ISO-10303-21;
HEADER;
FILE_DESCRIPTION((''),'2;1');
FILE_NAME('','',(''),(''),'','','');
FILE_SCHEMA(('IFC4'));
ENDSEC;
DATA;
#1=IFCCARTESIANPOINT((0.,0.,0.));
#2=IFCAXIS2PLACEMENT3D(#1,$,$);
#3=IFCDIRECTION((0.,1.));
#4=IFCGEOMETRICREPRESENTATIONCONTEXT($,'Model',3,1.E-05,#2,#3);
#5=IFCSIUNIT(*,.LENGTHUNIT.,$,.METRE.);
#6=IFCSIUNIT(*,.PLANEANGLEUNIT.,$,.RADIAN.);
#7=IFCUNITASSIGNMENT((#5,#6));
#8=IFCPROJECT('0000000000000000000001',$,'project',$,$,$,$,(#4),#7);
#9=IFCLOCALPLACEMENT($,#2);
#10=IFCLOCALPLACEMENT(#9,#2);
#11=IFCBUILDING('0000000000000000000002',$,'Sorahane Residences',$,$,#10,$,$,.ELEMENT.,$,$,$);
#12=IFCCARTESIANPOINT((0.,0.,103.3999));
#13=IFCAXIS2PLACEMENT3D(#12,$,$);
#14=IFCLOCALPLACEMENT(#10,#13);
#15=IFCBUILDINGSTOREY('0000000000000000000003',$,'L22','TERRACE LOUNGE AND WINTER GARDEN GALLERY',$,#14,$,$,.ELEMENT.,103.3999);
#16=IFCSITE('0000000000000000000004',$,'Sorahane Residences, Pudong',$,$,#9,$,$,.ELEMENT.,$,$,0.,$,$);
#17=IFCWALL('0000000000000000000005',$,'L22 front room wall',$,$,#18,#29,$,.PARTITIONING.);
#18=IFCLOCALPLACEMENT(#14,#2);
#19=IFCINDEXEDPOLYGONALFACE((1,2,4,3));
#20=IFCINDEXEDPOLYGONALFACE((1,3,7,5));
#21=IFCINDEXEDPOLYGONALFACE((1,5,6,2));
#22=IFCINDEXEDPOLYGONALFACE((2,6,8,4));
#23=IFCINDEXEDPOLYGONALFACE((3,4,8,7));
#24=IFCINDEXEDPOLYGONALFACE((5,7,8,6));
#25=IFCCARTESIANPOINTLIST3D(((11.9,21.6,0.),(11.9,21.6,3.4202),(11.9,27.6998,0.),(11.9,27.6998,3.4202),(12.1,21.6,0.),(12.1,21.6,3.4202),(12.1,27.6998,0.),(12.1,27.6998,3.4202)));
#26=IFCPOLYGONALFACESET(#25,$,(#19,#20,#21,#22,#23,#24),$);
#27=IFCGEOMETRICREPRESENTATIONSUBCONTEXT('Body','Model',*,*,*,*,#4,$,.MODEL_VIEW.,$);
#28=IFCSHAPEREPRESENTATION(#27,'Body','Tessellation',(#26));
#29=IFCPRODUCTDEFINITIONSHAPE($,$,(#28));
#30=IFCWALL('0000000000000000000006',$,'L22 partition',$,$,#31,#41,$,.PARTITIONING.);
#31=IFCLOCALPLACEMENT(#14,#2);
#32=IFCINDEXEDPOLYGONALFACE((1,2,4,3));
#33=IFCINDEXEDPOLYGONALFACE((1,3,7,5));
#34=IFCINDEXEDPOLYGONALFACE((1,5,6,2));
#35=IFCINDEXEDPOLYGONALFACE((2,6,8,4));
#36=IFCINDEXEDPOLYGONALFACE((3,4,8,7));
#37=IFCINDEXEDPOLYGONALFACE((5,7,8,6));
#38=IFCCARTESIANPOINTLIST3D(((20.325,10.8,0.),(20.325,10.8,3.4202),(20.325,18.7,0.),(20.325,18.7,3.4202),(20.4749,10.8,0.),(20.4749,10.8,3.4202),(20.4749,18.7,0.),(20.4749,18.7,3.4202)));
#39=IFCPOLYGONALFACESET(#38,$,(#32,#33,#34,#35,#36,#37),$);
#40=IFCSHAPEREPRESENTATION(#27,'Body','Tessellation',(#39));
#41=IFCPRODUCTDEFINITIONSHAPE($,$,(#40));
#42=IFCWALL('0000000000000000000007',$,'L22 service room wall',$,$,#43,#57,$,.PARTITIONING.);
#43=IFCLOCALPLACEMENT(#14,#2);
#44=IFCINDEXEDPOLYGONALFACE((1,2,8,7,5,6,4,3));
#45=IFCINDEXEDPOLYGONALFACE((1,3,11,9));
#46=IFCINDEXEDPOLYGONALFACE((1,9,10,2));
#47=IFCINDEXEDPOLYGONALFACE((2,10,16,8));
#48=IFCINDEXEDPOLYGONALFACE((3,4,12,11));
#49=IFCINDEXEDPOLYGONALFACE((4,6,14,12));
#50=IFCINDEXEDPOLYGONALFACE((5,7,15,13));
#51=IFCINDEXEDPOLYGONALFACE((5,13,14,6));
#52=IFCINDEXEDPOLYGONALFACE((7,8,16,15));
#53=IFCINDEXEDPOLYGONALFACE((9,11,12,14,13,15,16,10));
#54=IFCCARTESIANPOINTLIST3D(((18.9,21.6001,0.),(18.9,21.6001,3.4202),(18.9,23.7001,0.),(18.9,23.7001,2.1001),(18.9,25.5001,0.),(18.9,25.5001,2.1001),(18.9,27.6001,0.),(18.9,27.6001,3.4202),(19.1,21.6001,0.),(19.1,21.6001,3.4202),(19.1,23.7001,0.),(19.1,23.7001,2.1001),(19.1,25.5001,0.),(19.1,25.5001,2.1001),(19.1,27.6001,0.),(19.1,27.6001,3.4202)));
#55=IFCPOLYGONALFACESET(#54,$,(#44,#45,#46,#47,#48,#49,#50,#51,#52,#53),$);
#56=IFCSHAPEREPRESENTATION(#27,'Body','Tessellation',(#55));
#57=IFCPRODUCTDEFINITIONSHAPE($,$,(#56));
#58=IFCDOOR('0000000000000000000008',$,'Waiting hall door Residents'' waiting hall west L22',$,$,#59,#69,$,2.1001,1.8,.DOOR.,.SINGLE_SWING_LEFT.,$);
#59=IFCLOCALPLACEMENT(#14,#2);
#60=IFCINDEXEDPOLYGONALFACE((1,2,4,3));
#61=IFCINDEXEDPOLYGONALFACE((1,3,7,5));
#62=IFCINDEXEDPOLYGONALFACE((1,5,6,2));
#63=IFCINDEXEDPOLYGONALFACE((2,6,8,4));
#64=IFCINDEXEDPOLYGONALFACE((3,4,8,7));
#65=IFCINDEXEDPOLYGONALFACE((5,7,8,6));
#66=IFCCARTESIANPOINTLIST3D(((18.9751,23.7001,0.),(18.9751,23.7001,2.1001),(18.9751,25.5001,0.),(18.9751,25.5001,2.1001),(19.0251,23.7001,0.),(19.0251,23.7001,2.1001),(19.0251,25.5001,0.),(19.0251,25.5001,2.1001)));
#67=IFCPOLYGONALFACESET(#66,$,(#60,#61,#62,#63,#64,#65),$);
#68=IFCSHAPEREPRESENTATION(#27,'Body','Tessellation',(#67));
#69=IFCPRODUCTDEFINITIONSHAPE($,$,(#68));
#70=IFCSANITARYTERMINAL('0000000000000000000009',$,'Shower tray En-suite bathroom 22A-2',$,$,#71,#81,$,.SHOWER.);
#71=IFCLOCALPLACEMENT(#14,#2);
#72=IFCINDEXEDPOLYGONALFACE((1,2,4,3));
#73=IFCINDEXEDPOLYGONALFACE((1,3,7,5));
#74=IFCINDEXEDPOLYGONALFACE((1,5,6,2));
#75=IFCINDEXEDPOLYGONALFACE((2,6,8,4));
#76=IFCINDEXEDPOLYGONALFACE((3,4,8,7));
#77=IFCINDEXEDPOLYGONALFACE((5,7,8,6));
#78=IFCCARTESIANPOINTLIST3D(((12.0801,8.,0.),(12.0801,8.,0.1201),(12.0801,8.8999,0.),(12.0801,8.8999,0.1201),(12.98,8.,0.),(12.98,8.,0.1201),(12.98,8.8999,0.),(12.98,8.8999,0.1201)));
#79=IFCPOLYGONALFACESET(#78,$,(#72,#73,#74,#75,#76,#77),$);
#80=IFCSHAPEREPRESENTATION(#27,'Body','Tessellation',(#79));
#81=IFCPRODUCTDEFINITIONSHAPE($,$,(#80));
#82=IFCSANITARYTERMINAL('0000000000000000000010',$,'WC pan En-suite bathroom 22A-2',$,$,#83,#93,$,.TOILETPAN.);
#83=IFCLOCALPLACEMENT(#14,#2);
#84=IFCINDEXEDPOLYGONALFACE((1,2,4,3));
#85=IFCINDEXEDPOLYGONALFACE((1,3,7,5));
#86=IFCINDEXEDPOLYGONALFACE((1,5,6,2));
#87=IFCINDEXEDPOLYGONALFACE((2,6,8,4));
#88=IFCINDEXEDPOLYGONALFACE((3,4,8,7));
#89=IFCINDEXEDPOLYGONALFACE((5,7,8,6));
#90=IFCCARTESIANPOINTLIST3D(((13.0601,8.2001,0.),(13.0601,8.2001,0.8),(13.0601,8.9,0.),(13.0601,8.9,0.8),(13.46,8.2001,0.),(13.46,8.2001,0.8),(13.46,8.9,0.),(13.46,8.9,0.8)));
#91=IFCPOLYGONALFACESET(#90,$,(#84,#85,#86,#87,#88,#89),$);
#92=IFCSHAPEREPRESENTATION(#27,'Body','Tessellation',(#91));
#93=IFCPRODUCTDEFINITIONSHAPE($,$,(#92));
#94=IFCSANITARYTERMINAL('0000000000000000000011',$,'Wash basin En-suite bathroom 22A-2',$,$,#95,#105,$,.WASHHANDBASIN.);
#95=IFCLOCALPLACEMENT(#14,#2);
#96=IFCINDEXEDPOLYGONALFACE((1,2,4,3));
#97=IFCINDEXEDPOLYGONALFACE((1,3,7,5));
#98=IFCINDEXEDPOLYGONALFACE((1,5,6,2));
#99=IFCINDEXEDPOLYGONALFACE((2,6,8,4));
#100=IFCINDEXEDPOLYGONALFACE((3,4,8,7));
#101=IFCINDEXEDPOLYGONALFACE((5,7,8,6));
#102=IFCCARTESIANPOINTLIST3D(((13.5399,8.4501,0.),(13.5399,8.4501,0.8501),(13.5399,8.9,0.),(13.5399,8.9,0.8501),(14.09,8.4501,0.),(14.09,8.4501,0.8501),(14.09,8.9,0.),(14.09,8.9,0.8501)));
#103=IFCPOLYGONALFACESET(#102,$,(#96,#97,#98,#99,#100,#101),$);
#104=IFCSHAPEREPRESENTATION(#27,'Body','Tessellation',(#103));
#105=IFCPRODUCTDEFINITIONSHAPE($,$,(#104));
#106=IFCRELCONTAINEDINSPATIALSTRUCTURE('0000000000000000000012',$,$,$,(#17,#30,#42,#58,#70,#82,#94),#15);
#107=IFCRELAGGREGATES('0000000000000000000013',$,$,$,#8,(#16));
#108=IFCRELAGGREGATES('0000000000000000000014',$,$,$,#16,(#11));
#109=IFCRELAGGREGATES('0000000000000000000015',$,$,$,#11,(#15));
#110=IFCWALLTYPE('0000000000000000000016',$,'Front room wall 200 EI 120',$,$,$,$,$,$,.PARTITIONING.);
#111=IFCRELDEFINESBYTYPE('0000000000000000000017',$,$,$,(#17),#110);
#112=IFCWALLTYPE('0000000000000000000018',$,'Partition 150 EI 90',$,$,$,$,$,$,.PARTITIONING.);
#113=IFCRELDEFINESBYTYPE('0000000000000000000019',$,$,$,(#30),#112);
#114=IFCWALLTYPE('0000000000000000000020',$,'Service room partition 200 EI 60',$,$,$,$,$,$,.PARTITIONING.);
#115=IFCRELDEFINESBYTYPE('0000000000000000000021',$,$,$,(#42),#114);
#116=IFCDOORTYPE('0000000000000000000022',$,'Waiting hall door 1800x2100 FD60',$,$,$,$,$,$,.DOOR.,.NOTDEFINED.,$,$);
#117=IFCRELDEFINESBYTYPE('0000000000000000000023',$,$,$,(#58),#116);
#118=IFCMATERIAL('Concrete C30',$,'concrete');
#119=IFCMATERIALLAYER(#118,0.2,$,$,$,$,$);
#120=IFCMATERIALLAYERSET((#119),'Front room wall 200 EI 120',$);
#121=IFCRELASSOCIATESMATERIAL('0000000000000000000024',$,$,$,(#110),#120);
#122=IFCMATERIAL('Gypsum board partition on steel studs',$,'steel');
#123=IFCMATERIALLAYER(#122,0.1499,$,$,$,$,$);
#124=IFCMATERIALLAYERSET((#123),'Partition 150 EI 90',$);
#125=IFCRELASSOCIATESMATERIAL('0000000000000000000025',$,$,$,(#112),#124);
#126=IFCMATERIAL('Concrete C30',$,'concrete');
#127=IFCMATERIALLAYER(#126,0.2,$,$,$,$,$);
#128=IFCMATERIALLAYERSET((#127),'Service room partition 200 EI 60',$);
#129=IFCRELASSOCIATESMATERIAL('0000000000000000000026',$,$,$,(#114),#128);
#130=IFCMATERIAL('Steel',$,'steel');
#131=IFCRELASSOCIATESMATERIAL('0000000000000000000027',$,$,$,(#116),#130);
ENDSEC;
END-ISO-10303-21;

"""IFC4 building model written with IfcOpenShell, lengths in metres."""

from ifc_helpers import new_model, si_unit, direction, frame, frame_2d, origin, origin_2d, place, context, subcontext, project, spatial, rectangle, extrude, material, layer, layer_set, type_object, element, fill, save


model = new_model("IFC4")

# Units and contexts
model_context = context("Model", 3, precision=1e-05, world=origin(), true_north=direction((0.0, 1.0)))
body_context = subcontext(model_context, "Body", "Model", "MODEL_VIEW")
ifc_project = project(units=[si_unit("LENGTHUNIT", "METRE"), si_unit("PLANEANGLEUNIT", "RADIAN")], contexts=[model_context])

# Site, building, storey
site_placement = place(None, origin())
site = spatial("IfcSite", under=ifc_project, at=site_placement, Name="Sorahane Residences, Pudong", CompositionType="ELEMENT", RefElevation=0.0)
building_placement = place(site_placement, origin())
building = spatial("IfcBuilding", under=site, at=building_placement, Name="Sorahane Residences", CompositionType="ELEMENT")
storey_placement = place(building_placement, frame((0.0, 0.0, 103.3999)))
storey = spatial("IfcBuildingStorey", under=building, at=storey_placement, Name="L22", Description="TERRACE LOUNGE AND WINTER GARDEN GALLERY", CompositionType="ELEMENT", Elevation=103.3999)

# Walls
ifc_material_1 = material(Name="Concrete C30", Category="concrete")
ifc_layer_1 = layer(ifc_material_1, 0.2)
ifc_layer_set_1 = layer_set([ifc_layer_1], Name="Front room wall 200 EI 120")
wall_type_1 = type_object("IfcWallType", Name="Front room wall 200 EI 120", PredefinedType="PARTITIONING", material=ifc_layer_set_1)
wall_1_placement = place(storey_placement, frame((12.0, 21.6001, 0.0), z_axis=(0.0, 0.0, 1.0), x_axis=(0.0, 1.0, 0.0)))
element("IfcWall", 1, at=wall_1_placement, inside=storey, type_object=wall_type_1, Name="L22 front room wall", PredefinedType="PARTITIONING", context=body_context, shape_type="SweptSolid", body=[
    extrude(rectangle(XDim=6.0999, YDim=0.2, at=frame_2d((3.0498, 0.0))), origin(), (0.0, 0.0, 1.0), 3.4202),
])
ifc_material_2 = material(Name="Gypsum board partition on steel studs", Category="steel")
ifc_layer_2 = layer(ifc_material_2, 0.1499)
ifc_layer_set_2 = layer_set([ifc_layer_2], Name="Partition 150 EI 90")
wall_type_2 = type_object("IfcWallType", Name="Partition 150 EI 90", PredefinedType="PARTITIONING", material=ifc_layer_set_2)
wall_2_placement = place(storey_placement, frame((20.3999, 10.8, 0.0), z_axis=(0.0, 0.0, 1.0), x_axis=(0.0, 1.0, 0.0)))
element("IfcWall", 2, at=wall_2_placement, inside=storey, type_object=wall_type_2, Name="L22 partition", PredefinedType="PARTITIONING", context=body_context, shape_type="SweptSolid", body=[
    extrude(rectangle(XDim=7.8999, YDim=0.1499, at=frame_2d((3.95, 0.0))), origin(), (0.0, 0.0, 1.0), 3.4202),
])

# Wall, opening, door
ifc_material_3 = material(Name="Concrete C30", Category="concrete")
ifc_layer_3 = layer(ifc_material_3, 0.2)
ifc_layer_set_3 = layer_set([ifc_layer_3], Name="Service room partition 200 EI 60")
wall_type_3 = type_object("IfcWallType", Name="Service room partition 200 EI 60", PredefinedType="PARTITIONING", material=ifc_layer_set_3)
wall_3_placement = place(storey_placement, frame((19.0, 21.6001, 0.0), z_axis=(0.0, 0.0, 1.0), x_axis=(0.0, 1.0, 0.0)))
wall_3 = element("IfcWall", 3, at=wall_3_placement, inside=storey, type_object=wall_type_3, Name="L22 service room wall", PredefinedType="PARTITIONING", context=body_context, shape_type="SweptSolid", body=[
    extrude(rectangle(XDim=6.0, YDim=0.2, at=frame_2d((3.0, 0.0))), origin(), (0.0, 0.0, 1.0), 3.4202),
])
opening_1_placement = place(wall_3_placement, frame((2.1001, 0.0, 0.0)))
opening_1 = element("IfcOpeningElement", 4, at=opening_1_placement, cuts=wall_3, PredefinedType="OPENING", context=body_context, shape_type="SweptSolid", body=[
    extrude(rectangle(XDim=1.8, YDim=2.1001, at=frame_2d((0.8999, 1.05))), frame((0.0, 0.1099, 0.0), z_axis=(0.0, -1.0, 0.0), x_axis=(1.0, 0.0, 0.0)), (0.0, 0.0, 1.0), 0.22),
])
ifc_material_4 = material(Name="Steel", Category="steel")
door_type_1 = type_object("IfcDoorType", Name="Waiting hall door 1800x2100 FD60", OperationType="NOTDEFINED", PredefinedType="DOOR", material=ifc_material_4)
door_1_placement = place(opening_1_placement, origin())
door_1 = element("IfcDoor", 5, at=door_1_placement, inside=storey, type_object=door_type_1, Name="Waiting hall door Residents' waiting hall west L22", OperationType="SINGLE_SWING_LEFT", OverallHeight=2.1001, OverallWidth=1.8, PredefinedType="DOOR", context=body_context, shape_type="SweptSolid", body=[
    extrude(rectangle(XDim=1.8, YDim=2.1001, at=frame_2d((0.8999, 1.05))), frame((0.0, 0.0249, 0.0), z_axis=(0.0, -1.0, 0.0), x_axis=(1.0, 0.0, 0.0)), (0.0, 0.0, 1.0), 0.05),
])
fill(opening_1, door_1)

# Sanitary terminals
sanitary_terminal_1_placement = place(storey_placement, frame((12.53, 8.45, 0.0), z_axis=(0.0, 0.0, 1.0), x_axis=(1.0, 0.0, 0.0)))
element("IfcSanitaryTerminal", 6, at=sanitary_terminal_1_placement, inside=storey, Name="Shower tray En-suite bathroom 22A-2", PredefinedType="SHOWER", context=body_context, shape_type="SweptSolid", body=[
    extrude(rectangle(XDim=0.8999, YDim=0.8999, at=origin_2d()), origin(), (0.0, 0.0, 1.0), 0.1201),
])
sanitary_terminal_2_placement = place(storey_placement, frame((13.26, 8.55, 0.0), z_axis=(0.0, 0.0, 1.0), x_axis=(1.0, 0.0, 0.0)))
element("IfcSanitaryTerminal", 7, at=sanitary_terminal_2_placement, inside=storey, Name="WC pan En-suite bathroom 22A-2", PredefinedType="TOILETPAN", context=body_context, shape_type="SweptSolid", body=[
    extrude(rectangle(XDim=0.3999, YDim=0.7, at=origin_2d()), origin(), (0.0, 0.0, 1.0), 0.8),
])
sanitary_terminal_3_placement = place(storey_placement, frame((13.8149, 8.675, 0.0), z_axis=(0.0, 0.0, 1.0), x_axis=(1.0, 0.0, 0.0)))
element("IfcSanitaryTerminal", 8, at=sanitary_terminal_3_placement, inside=storey, Name="Wash basin En-suite bathroom 22A-2", PredefinedType="WASHHANDBASIN", context=body_context, shape_type="SweptSolid", body=[
    extrude(rectangle(XDim=0.55, YDim=0.45, at=origin_2d()), origin(), (0.0, 0.0, 1.0), 0.8501),
])

save(model, "model.ifc")
